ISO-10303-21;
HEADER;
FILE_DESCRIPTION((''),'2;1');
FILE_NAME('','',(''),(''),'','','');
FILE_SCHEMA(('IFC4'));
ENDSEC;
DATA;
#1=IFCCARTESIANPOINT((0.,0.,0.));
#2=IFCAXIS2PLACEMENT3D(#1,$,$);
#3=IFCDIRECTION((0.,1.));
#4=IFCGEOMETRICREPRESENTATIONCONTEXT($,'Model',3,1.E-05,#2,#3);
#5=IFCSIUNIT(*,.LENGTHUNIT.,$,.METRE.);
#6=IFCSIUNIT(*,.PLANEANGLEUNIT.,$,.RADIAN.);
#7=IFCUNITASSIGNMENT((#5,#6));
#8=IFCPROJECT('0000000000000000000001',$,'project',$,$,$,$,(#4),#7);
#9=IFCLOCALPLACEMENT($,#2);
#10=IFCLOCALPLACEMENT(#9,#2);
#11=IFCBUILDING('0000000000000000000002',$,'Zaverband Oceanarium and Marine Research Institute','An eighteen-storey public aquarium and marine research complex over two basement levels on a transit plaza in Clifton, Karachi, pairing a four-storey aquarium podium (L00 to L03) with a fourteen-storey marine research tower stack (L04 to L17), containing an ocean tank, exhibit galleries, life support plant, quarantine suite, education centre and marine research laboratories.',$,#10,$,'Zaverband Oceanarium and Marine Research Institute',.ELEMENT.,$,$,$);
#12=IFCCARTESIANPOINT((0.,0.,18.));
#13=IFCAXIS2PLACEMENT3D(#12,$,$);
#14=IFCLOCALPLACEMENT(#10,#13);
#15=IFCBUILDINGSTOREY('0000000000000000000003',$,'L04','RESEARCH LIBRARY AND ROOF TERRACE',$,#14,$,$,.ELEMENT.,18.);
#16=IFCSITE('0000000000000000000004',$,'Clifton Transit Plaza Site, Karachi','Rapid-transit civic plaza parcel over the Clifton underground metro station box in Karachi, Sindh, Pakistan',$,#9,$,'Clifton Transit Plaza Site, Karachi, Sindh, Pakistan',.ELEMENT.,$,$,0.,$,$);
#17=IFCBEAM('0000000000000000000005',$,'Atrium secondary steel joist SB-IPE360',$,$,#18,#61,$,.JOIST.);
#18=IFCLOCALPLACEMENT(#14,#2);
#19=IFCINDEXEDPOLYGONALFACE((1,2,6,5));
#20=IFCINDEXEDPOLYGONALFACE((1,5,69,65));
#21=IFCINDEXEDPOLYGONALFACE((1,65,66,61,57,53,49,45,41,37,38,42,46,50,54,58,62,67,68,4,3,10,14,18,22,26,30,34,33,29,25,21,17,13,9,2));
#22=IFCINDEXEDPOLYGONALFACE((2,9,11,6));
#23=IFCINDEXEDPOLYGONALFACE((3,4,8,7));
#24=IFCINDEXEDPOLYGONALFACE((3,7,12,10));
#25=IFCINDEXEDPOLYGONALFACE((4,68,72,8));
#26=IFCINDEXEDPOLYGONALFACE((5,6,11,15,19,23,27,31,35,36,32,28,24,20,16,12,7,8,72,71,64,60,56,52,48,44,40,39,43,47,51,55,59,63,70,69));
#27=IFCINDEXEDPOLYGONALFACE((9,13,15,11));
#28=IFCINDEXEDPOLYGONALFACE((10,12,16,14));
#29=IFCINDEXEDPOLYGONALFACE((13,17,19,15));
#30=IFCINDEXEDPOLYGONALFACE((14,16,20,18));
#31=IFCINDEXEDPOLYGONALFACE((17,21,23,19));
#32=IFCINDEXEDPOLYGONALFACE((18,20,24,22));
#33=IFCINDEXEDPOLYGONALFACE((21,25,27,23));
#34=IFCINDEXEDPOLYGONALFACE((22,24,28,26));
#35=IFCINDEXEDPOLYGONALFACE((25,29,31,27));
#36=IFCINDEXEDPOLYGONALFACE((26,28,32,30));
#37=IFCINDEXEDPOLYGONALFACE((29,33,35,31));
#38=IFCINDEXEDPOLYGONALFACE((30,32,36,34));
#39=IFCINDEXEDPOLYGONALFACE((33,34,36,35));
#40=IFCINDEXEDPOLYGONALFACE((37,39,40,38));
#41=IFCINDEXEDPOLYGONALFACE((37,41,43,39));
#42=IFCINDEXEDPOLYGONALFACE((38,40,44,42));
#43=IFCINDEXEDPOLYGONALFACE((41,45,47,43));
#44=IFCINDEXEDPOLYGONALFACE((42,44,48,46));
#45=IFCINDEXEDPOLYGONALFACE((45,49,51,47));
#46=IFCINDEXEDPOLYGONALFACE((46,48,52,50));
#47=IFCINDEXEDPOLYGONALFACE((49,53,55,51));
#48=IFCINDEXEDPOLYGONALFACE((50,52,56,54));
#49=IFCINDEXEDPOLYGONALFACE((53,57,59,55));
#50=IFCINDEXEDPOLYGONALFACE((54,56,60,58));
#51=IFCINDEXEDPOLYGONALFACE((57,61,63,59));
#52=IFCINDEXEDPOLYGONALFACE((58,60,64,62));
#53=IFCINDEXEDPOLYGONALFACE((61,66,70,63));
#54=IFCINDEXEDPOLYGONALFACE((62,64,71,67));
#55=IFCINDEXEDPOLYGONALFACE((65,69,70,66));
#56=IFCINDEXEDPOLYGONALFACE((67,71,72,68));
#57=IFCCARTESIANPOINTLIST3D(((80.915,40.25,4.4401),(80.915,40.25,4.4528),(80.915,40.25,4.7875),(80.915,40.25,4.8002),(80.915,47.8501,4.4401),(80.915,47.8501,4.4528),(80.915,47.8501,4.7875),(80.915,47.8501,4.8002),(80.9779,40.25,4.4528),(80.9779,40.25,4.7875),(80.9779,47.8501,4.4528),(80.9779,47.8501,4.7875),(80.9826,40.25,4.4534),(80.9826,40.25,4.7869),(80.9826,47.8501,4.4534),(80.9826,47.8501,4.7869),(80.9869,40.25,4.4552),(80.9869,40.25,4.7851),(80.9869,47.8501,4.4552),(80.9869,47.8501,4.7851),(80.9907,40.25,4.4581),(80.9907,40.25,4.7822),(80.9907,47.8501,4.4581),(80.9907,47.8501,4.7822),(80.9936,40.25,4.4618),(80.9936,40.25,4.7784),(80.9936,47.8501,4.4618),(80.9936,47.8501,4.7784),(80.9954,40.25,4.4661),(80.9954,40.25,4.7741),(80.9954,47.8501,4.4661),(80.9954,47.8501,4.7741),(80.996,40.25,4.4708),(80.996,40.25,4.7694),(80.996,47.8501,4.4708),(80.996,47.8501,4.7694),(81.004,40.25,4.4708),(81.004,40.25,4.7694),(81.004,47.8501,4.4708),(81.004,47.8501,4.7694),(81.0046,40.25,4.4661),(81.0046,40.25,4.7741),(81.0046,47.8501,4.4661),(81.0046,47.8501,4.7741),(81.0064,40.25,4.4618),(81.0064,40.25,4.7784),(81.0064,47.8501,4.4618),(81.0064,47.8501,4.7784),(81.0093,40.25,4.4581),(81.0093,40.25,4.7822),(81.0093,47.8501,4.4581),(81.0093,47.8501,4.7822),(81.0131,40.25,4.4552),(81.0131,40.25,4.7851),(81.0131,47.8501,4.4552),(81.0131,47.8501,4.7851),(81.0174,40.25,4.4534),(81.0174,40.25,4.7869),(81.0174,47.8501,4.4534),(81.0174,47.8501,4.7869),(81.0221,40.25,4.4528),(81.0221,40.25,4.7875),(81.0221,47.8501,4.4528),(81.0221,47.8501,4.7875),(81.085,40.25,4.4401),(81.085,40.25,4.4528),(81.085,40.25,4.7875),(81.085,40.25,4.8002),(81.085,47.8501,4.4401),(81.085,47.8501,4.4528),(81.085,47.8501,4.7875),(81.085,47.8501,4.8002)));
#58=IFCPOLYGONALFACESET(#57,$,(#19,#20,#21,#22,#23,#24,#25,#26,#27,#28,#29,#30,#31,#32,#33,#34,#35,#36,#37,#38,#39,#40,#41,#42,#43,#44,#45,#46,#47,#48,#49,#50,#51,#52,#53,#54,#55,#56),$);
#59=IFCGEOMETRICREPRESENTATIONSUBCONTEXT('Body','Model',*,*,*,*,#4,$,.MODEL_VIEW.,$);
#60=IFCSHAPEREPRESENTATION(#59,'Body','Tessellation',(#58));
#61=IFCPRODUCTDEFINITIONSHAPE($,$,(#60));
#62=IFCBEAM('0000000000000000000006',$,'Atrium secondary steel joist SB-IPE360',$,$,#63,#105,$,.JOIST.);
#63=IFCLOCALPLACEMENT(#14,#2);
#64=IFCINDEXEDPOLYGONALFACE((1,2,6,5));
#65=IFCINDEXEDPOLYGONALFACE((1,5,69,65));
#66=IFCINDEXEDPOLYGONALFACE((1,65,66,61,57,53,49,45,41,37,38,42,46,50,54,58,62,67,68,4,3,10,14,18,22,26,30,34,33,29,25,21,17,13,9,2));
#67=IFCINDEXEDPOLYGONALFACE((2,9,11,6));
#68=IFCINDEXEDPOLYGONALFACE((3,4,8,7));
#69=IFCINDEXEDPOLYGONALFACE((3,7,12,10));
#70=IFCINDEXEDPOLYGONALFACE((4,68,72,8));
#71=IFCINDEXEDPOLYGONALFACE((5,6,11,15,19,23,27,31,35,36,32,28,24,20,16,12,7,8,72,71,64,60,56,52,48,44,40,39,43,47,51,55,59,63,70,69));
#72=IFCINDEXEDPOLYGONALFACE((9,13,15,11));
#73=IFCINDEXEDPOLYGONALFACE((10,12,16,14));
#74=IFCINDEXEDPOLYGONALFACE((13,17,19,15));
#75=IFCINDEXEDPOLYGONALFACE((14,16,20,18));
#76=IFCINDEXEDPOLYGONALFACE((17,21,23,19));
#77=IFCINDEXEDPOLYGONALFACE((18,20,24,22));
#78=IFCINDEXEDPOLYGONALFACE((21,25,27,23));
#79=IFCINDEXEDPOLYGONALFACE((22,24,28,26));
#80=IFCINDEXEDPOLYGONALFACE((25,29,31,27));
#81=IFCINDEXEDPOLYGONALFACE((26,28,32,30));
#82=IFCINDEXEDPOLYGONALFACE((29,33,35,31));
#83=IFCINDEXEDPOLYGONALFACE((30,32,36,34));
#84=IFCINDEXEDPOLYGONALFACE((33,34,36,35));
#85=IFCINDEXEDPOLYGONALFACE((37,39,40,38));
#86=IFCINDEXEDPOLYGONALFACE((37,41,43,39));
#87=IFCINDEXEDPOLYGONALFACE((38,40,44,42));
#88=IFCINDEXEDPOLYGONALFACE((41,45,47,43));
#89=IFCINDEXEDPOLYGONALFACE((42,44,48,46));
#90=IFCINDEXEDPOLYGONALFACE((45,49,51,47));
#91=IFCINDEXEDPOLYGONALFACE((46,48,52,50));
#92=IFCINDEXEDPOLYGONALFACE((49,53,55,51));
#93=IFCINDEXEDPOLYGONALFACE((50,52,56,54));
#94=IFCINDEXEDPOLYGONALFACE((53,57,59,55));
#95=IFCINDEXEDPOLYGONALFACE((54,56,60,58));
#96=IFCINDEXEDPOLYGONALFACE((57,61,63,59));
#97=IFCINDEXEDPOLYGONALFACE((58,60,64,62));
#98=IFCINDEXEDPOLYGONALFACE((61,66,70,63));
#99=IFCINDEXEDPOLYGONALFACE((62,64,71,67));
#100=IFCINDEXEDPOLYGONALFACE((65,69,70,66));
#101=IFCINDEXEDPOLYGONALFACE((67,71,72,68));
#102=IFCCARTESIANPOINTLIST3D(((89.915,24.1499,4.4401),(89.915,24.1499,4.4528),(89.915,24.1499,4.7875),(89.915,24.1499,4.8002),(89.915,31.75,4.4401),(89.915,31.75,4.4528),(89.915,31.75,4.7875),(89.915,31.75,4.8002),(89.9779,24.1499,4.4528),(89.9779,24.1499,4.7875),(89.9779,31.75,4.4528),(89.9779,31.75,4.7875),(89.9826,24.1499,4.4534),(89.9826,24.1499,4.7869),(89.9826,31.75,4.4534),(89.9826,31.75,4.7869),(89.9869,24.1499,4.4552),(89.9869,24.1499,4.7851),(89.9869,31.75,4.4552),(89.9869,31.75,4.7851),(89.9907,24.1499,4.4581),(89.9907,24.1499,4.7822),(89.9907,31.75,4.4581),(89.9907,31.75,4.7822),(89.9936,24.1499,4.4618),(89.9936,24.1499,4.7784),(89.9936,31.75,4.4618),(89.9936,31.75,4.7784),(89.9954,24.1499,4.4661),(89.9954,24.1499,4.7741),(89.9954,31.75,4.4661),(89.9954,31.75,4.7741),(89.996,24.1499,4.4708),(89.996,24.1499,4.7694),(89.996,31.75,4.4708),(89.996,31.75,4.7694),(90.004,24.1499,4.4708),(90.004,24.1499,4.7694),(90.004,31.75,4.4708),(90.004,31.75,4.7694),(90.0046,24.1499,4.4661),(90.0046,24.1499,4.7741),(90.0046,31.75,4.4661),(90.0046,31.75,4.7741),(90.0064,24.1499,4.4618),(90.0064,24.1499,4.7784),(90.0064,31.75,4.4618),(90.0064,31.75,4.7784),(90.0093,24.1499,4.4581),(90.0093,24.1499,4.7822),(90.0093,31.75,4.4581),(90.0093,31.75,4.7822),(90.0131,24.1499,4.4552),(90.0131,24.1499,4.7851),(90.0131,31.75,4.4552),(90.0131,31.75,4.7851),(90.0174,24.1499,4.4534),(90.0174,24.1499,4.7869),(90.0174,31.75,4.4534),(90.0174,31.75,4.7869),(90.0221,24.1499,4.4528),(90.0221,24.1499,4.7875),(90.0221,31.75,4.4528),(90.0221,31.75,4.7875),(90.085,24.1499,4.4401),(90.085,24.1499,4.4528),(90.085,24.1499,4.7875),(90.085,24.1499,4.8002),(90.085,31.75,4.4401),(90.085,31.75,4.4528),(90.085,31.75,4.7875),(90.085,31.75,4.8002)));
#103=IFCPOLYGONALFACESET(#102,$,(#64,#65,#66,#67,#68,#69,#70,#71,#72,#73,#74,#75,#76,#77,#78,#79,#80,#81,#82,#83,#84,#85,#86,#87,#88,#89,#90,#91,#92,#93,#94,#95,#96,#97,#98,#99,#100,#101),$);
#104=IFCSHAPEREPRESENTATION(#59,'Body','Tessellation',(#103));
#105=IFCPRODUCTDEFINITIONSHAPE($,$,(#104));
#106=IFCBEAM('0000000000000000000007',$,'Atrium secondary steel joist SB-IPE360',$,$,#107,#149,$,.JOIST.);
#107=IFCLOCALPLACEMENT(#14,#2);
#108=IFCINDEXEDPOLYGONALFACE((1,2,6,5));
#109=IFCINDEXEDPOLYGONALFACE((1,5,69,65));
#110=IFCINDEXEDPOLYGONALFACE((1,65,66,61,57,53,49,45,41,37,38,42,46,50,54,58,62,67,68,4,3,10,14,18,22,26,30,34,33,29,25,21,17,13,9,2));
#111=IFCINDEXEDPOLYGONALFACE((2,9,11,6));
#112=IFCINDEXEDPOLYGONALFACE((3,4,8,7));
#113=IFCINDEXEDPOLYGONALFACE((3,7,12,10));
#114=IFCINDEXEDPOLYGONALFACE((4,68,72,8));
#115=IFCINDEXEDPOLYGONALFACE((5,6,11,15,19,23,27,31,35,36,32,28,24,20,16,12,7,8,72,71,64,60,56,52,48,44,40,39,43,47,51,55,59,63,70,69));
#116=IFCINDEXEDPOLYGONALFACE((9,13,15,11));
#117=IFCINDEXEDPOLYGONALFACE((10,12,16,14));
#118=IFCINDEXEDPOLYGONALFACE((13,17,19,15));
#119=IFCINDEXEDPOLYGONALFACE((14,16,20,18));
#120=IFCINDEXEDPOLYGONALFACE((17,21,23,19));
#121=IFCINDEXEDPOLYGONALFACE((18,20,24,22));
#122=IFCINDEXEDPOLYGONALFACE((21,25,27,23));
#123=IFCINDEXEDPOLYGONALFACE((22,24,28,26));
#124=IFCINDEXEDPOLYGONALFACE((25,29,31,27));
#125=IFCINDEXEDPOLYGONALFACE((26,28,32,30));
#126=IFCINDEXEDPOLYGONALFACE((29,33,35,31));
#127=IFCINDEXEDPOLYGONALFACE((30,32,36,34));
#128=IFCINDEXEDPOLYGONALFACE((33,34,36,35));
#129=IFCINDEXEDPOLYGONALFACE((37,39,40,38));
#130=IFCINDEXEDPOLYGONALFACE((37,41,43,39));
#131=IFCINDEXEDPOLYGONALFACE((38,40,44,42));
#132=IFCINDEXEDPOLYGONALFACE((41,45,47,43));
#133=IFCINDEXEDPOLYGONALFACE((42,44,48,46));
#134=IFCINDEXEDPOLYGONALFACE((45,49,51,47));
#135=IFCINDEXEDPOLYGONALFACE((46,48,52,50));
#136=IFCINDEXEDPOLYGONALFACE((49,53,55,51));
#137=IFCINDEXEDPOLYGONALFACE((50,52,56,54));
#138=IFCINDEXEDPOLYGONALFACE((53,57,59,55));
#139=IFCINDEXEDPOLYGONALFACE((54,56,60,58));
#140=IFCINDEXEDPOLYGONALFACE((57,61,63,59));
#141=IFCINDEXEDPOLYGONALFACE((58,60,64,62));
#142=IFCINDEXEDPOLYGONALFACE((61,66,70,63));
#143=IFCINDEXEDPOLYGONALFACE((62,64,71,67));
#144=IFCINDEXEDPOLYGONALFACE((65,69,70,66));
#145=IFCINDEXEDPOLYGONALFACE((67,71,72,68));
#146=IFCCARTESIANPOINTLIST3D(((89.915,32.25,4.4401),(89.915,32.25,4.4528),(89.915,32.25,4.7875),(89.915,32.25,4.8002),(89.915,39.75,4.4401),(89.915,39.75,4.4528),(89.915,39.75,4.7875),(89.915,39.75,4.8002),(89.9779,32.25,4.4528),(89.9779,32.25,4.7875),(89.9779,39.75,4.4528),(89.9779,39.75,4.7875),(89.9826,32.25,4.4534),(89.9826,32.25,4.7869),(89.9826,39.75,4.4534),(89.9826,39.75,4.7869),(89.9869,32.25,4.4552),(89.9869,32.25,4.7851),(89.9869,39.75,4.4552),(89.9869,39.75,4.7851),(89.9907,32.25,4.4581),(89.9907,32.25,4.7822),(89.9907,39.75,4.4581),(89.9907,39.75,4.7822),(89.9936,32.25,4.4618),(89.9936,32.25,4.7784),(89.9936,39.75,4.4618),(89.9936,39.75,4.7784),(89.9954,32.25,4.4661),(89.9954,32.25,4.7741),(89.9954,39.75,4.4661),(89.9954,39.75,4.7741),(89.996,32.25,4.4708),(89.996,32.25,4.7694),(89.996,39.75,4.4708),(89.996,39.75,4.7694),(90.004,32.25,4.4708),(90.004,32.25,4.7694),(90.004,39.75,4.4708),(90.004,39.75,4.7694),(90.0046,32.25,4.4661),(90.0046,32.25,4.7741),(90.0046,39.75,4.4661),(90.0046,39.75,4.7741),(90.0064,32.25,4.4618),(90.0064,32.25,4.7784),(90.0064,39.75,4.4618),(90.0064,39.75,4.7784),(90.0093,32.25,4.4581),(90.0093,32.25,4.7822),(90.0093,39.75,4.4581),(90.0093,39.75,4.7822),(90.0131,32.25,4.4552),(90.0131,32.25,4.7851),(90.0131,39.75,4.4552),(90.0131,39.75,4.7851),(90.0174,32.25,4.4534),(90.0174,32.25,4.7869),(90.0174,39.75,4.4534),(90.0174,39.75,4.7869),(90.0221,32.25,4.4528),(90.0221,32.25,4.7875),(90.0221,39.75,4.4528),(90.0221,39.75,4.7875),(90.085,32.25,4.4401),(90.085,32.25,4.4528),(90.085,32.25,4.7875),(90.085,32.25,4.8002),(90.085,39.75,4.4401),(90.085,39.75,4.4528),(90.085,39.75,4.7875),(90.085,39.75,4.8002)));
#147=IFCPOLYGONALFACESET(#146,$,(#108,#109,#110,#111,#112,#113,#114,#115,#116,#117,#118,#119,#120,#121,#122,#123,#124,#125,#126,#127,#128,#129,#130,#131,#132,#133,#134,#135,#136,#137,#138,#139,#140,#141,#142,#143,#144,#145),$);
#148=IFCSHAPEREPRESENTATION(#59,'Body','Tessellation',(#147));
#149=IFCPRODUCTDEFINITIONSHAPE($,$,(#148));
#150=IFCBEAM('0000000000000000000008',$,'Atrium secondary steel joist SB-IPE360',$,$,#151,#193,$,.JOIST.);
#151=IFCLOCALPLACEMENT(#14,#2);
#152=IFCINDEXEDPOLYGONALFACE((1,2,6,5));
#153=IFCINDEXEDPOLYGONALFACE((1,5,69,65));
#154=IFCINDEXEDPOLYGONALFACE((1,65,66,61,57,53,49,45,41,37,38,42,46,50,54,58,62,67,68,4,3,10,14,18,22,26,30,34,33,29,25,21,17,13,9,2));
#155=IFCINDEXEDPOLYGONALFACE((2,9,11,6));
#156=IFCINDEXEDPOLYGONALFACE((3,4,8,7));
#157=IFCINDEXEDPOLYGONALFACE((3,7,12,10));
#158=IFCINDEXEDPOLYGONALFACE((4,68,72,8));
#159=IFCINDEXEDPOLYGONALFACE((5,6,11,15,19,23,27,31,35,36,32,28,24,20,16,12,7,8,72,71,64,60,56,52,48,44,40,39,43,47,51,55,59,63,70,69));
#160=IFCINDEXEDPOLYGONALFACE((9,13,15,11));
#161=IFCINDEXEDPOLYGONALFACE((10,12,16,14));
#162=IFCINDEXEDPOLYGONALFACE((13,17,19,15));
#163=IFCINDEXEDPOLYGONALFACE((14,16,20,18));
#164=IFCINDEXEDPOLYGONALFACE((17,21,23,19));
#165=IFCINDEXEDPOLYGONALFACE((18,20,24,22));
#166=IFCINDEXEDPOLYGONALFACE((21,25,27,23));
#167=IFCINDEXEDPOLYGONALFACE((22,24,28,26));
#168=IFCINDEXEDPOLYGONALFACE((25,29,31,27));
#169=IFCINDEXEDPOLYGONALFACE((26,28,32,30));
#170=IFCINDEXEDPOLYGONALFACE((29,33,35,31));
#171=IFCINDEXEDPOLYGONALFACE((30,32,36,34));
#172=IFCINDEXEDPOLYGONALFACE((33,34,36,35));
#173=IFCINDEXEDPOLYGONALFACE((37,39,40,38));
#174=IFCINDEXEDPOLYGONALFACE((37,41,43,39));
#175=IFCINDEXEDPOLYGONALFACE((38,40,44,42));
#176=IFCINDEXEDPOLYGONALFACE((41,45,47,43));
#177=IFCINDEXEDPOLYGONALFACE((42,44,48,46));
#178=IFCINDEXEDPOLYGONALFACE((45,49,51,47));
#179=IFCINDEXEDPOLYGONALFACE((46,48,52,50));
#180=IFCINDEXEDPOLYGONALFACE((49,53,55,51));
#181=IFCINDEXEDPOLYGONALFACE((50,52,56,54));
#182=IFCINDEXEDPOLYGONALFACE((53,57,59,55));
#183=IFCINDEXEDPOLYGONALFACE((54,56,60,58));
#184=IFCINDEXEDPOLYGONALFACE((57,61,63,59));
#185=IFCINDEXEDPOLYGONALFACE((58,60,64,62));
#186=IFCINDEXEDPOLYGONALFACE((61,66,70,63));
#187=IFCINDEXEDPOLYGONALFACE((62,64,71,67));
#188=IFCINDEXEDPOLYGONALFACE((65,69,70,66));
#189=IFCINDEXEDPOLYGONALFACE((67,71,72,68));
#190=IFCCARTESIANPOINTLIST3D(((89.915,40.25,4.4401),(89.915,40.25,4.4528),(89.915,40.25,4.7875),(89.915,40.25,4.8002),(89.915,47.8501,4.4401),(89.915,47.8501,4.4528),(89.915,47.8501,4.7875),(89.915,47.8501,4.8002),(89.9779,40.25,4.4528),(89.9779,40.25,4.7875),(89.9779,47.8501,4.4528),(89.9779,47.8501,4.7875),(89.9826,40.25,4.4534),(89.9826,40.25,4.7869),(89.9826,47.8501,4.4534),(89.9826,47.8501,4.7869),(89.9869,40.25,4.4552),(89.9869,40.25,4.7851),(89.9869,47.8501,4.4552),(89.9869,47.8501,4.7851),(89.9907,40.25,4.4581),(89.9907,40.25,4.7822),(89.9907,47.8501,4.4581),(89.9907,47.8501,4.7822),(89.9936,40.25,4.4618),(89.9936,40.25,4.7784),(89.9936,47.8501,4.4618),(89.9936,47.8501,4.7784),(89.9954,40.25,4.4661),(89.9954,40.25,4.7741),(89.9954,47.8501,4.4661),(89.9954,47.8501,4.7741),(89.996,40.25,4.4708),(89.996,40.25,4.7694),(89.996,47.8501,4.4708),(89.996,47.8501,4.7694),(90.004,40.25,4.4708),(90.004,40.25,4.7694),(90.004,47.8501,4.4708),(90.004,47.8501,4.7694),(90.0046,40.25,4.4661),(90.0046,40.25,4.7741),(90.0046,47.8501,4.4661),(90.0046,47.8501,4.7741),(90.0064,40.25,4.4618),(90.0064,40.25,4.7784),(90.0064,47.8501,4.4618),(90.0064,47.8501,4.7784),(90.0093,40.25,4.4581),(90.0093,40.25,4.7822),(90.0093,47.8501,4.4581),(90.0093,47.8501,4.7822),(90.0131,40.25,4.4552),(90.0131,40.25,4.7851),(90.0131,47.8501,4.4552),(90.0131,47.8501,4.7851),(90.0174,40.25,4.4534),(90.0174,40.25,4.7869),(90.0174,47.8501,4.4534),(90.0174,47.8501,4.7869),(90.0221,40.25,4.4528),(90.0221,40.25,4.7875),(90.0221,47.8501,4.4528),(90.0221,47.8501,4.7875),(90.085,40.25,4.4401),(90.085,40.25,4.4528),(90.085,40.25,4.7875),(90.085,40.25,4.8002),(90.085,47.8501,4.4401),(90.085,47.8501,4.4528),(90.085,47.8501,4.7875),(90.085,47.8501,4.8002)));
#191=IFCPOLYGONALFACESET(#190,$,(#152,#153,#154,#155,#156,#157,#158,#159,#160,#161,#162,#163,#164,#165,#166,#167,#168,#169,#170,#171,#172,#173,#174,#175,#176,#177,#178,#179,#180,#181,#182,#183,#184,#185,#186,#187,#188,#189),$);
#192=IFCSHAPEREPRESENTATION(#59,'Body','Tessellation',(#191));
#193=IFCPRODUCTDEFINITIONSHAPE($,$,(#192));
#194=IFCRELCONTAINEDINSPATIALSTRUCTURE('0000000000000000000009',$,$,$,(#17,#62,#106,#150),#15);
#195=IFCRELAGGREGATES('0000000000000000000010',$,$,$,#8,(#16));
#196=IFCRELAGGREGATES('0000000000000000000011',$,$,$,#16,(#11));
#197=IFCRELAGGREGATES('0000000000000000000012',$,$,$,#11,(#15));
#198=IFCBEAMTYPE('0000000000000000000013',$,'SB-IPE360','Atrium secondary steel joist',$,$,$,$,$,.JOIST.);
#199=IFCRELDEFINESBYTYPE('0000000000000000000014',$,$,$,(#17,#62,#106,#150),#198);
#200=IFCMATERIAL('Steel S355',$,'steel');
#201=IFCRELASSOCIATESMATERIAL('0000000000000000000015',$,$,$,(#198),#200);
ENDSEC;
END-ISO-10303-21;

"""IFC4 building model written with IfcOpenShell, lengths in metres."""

from ifc_helpers import new_model, si_unit, direction, frame, origin, origin_2d, place, context, subcontext, project, spatial, i_section, extrude, material, material_profile, profile_set, type_object, element, save


model = new_model("IFC4")

# Units and contexts
model_context = context("Model", 3, precision=1e-05, world=origin(), true_north=direction((0.0, 1.0)))
body_context = subcontext(model_context, "Body", "Model", "MODEL_VIEW")
ifc_project = project(units=[si_unit("LENGTHUNIT", "METRE"), si_unit("PLANEANGLEUNIT", "RADIAN")], contexts=[model_context])

# Site, building, storey
site_placement = place(None, origin())
site = spatial("IfcSite", under=ifc_project, at=site_placement, Name="Clifton Transit Plaza Site, Karachi", Description="Rapid-transit civic plaza parcel over the Clifton underground metro station box in Karachi, Sindh, Pakistan", LongName="Clifton Transit Plaza Site, Karachi, Sindh, Pakistan", CompositionType="ELEMENT", RefElevation=0.0)
building_placement = place(site_placement, origin())
building = spatial("IfcBuilding", under=site, at=building_placement, Name="Zaverband Oceanarium and Marine Research Institute", Description="An eighteen-storey public aquarium and marine research complex over two basement levels on a transit plaza in Clifton, Karachi, pairing a four-storey aquarium podium (L00 to L03) with a fourteen-storey marine research tower stack (L04 to L17), containing an ocean tank, exhibit galleries, life support plant, quarantine suite, education centre and marine research laboratories.", LongName="Zaverband Oceanarium and Marine Research Institute", CompositionType="ELEMENT")
storey_placement = place(building_placement, frame((0.0, 0.0, 18.0)))
storey = spatial("IfcBuildingStorey", under=building, at=storey_placement, Name="L04", Description="RESEARCH LIBRARY AND ROOF TERRACE", CompositionType="ELEMENT", Elevation=18.0)

# Shared definitions
ifc_material_1 = material(Name="Steel S355", Category="steel")

# Beams
ifc_material_profile_1 = material_profile(ifc_material_1, i_section(OverallWidth=0.1699, OverallDepth=0.3601, WebThickness=0.0081, FlangeThickness=0.0127, FilletRadius=0.0181, at=origin_2d()), Name="IPE360")
ifc_profile_set_1 = profile_set([ifc_material_profile_1], Name="Steel S355")
beam_type_1 = type_object("IfcBeamType", Name="SB-IPE360", Description="Atrium secondary steel joist", PredefinedType="JOIST", material=ifc_profile_set_1)
for number, where, z_axis, x_axis, name in (
    (1, (81.0, 40.25, 4.6201), (0.0, 1.0, 0.0), (-1.0, 0.0, 0.0), "Atrium secondary steel joist SB-IPE360"),
    (2, (90.0, 24.1499, 4.6201), (0.0, 1.0, 0.0), (-1.0, 0.0, 0.0), "Atrium secondary steel joist SB-IPE360"),
):
    element("IfcBeam", number, at=place(storey_placement, frame(where, z_axis=z_axis, x_axis=x_axis)), inside=storey, type_object=beam_type_1, Name=name, PredefinedType="JOIST", context=body_context, shape_type="SweptSolid", body=[
        extrude(i_section(OverallWidth=0.1699, OverallDepth=0.3601, WebThickness=0.0081, FlangeThickness=0.0127, FilletRadius=0.0181, at=origin_2d()), origin(), (0.0, 0.0, 1.0), 7.6001),
    ])
beam_1_placement = place(storey_placement, frame((90.0, 32.25, 4.6201), z_axis=(0.0, 1.0, 0.0), x_axis=(-1.0, 0.0, 0.0)))
element("IfcBeam", 3, at=beam_1_placement, inside=storey, type_object=beam_type_1, Name="Atrium secondary steel joist SB-IPE360", PredefinedType="JOIST", context=body_context, shape_type="SweptSolid", body=[
    extrude(i_section(OverallWidth=0.1699, OverallDepth=0.3601, WebThickness=0.0081, FlangeThickness=0.0127, FilletRadius=0.0181, at=origin_2d()), origin(), (0.0, 0.0, 1.0), 7.5),
])
beam_2_placement = place(storey_placement, frame((90.0, 40.25, 4.6201), z_axis=(0.0, 1.0, 0.0), x_axis=(-1.0, 0.0, 0.0)))
element("IfcBeam", 4, at=beam_2_placement, inside=storey, type_object=beam_type_1, Name="Atrium secondary steel joist SB-IPE360", PredefinedType="JOIST", context=body_context, shape_type="SweptSolid", body=[
    extrude(i_section(OverallWidth=0.1699, OverallDepth=0.3601, WebThickness=0.0081, FlangeThickness=0.0127, FilletRadius=0.0181, at=origin_2d()), origin(), (0.0, 0.0, 1.0), 7.6001),
])

save(model, "model.ifc")
